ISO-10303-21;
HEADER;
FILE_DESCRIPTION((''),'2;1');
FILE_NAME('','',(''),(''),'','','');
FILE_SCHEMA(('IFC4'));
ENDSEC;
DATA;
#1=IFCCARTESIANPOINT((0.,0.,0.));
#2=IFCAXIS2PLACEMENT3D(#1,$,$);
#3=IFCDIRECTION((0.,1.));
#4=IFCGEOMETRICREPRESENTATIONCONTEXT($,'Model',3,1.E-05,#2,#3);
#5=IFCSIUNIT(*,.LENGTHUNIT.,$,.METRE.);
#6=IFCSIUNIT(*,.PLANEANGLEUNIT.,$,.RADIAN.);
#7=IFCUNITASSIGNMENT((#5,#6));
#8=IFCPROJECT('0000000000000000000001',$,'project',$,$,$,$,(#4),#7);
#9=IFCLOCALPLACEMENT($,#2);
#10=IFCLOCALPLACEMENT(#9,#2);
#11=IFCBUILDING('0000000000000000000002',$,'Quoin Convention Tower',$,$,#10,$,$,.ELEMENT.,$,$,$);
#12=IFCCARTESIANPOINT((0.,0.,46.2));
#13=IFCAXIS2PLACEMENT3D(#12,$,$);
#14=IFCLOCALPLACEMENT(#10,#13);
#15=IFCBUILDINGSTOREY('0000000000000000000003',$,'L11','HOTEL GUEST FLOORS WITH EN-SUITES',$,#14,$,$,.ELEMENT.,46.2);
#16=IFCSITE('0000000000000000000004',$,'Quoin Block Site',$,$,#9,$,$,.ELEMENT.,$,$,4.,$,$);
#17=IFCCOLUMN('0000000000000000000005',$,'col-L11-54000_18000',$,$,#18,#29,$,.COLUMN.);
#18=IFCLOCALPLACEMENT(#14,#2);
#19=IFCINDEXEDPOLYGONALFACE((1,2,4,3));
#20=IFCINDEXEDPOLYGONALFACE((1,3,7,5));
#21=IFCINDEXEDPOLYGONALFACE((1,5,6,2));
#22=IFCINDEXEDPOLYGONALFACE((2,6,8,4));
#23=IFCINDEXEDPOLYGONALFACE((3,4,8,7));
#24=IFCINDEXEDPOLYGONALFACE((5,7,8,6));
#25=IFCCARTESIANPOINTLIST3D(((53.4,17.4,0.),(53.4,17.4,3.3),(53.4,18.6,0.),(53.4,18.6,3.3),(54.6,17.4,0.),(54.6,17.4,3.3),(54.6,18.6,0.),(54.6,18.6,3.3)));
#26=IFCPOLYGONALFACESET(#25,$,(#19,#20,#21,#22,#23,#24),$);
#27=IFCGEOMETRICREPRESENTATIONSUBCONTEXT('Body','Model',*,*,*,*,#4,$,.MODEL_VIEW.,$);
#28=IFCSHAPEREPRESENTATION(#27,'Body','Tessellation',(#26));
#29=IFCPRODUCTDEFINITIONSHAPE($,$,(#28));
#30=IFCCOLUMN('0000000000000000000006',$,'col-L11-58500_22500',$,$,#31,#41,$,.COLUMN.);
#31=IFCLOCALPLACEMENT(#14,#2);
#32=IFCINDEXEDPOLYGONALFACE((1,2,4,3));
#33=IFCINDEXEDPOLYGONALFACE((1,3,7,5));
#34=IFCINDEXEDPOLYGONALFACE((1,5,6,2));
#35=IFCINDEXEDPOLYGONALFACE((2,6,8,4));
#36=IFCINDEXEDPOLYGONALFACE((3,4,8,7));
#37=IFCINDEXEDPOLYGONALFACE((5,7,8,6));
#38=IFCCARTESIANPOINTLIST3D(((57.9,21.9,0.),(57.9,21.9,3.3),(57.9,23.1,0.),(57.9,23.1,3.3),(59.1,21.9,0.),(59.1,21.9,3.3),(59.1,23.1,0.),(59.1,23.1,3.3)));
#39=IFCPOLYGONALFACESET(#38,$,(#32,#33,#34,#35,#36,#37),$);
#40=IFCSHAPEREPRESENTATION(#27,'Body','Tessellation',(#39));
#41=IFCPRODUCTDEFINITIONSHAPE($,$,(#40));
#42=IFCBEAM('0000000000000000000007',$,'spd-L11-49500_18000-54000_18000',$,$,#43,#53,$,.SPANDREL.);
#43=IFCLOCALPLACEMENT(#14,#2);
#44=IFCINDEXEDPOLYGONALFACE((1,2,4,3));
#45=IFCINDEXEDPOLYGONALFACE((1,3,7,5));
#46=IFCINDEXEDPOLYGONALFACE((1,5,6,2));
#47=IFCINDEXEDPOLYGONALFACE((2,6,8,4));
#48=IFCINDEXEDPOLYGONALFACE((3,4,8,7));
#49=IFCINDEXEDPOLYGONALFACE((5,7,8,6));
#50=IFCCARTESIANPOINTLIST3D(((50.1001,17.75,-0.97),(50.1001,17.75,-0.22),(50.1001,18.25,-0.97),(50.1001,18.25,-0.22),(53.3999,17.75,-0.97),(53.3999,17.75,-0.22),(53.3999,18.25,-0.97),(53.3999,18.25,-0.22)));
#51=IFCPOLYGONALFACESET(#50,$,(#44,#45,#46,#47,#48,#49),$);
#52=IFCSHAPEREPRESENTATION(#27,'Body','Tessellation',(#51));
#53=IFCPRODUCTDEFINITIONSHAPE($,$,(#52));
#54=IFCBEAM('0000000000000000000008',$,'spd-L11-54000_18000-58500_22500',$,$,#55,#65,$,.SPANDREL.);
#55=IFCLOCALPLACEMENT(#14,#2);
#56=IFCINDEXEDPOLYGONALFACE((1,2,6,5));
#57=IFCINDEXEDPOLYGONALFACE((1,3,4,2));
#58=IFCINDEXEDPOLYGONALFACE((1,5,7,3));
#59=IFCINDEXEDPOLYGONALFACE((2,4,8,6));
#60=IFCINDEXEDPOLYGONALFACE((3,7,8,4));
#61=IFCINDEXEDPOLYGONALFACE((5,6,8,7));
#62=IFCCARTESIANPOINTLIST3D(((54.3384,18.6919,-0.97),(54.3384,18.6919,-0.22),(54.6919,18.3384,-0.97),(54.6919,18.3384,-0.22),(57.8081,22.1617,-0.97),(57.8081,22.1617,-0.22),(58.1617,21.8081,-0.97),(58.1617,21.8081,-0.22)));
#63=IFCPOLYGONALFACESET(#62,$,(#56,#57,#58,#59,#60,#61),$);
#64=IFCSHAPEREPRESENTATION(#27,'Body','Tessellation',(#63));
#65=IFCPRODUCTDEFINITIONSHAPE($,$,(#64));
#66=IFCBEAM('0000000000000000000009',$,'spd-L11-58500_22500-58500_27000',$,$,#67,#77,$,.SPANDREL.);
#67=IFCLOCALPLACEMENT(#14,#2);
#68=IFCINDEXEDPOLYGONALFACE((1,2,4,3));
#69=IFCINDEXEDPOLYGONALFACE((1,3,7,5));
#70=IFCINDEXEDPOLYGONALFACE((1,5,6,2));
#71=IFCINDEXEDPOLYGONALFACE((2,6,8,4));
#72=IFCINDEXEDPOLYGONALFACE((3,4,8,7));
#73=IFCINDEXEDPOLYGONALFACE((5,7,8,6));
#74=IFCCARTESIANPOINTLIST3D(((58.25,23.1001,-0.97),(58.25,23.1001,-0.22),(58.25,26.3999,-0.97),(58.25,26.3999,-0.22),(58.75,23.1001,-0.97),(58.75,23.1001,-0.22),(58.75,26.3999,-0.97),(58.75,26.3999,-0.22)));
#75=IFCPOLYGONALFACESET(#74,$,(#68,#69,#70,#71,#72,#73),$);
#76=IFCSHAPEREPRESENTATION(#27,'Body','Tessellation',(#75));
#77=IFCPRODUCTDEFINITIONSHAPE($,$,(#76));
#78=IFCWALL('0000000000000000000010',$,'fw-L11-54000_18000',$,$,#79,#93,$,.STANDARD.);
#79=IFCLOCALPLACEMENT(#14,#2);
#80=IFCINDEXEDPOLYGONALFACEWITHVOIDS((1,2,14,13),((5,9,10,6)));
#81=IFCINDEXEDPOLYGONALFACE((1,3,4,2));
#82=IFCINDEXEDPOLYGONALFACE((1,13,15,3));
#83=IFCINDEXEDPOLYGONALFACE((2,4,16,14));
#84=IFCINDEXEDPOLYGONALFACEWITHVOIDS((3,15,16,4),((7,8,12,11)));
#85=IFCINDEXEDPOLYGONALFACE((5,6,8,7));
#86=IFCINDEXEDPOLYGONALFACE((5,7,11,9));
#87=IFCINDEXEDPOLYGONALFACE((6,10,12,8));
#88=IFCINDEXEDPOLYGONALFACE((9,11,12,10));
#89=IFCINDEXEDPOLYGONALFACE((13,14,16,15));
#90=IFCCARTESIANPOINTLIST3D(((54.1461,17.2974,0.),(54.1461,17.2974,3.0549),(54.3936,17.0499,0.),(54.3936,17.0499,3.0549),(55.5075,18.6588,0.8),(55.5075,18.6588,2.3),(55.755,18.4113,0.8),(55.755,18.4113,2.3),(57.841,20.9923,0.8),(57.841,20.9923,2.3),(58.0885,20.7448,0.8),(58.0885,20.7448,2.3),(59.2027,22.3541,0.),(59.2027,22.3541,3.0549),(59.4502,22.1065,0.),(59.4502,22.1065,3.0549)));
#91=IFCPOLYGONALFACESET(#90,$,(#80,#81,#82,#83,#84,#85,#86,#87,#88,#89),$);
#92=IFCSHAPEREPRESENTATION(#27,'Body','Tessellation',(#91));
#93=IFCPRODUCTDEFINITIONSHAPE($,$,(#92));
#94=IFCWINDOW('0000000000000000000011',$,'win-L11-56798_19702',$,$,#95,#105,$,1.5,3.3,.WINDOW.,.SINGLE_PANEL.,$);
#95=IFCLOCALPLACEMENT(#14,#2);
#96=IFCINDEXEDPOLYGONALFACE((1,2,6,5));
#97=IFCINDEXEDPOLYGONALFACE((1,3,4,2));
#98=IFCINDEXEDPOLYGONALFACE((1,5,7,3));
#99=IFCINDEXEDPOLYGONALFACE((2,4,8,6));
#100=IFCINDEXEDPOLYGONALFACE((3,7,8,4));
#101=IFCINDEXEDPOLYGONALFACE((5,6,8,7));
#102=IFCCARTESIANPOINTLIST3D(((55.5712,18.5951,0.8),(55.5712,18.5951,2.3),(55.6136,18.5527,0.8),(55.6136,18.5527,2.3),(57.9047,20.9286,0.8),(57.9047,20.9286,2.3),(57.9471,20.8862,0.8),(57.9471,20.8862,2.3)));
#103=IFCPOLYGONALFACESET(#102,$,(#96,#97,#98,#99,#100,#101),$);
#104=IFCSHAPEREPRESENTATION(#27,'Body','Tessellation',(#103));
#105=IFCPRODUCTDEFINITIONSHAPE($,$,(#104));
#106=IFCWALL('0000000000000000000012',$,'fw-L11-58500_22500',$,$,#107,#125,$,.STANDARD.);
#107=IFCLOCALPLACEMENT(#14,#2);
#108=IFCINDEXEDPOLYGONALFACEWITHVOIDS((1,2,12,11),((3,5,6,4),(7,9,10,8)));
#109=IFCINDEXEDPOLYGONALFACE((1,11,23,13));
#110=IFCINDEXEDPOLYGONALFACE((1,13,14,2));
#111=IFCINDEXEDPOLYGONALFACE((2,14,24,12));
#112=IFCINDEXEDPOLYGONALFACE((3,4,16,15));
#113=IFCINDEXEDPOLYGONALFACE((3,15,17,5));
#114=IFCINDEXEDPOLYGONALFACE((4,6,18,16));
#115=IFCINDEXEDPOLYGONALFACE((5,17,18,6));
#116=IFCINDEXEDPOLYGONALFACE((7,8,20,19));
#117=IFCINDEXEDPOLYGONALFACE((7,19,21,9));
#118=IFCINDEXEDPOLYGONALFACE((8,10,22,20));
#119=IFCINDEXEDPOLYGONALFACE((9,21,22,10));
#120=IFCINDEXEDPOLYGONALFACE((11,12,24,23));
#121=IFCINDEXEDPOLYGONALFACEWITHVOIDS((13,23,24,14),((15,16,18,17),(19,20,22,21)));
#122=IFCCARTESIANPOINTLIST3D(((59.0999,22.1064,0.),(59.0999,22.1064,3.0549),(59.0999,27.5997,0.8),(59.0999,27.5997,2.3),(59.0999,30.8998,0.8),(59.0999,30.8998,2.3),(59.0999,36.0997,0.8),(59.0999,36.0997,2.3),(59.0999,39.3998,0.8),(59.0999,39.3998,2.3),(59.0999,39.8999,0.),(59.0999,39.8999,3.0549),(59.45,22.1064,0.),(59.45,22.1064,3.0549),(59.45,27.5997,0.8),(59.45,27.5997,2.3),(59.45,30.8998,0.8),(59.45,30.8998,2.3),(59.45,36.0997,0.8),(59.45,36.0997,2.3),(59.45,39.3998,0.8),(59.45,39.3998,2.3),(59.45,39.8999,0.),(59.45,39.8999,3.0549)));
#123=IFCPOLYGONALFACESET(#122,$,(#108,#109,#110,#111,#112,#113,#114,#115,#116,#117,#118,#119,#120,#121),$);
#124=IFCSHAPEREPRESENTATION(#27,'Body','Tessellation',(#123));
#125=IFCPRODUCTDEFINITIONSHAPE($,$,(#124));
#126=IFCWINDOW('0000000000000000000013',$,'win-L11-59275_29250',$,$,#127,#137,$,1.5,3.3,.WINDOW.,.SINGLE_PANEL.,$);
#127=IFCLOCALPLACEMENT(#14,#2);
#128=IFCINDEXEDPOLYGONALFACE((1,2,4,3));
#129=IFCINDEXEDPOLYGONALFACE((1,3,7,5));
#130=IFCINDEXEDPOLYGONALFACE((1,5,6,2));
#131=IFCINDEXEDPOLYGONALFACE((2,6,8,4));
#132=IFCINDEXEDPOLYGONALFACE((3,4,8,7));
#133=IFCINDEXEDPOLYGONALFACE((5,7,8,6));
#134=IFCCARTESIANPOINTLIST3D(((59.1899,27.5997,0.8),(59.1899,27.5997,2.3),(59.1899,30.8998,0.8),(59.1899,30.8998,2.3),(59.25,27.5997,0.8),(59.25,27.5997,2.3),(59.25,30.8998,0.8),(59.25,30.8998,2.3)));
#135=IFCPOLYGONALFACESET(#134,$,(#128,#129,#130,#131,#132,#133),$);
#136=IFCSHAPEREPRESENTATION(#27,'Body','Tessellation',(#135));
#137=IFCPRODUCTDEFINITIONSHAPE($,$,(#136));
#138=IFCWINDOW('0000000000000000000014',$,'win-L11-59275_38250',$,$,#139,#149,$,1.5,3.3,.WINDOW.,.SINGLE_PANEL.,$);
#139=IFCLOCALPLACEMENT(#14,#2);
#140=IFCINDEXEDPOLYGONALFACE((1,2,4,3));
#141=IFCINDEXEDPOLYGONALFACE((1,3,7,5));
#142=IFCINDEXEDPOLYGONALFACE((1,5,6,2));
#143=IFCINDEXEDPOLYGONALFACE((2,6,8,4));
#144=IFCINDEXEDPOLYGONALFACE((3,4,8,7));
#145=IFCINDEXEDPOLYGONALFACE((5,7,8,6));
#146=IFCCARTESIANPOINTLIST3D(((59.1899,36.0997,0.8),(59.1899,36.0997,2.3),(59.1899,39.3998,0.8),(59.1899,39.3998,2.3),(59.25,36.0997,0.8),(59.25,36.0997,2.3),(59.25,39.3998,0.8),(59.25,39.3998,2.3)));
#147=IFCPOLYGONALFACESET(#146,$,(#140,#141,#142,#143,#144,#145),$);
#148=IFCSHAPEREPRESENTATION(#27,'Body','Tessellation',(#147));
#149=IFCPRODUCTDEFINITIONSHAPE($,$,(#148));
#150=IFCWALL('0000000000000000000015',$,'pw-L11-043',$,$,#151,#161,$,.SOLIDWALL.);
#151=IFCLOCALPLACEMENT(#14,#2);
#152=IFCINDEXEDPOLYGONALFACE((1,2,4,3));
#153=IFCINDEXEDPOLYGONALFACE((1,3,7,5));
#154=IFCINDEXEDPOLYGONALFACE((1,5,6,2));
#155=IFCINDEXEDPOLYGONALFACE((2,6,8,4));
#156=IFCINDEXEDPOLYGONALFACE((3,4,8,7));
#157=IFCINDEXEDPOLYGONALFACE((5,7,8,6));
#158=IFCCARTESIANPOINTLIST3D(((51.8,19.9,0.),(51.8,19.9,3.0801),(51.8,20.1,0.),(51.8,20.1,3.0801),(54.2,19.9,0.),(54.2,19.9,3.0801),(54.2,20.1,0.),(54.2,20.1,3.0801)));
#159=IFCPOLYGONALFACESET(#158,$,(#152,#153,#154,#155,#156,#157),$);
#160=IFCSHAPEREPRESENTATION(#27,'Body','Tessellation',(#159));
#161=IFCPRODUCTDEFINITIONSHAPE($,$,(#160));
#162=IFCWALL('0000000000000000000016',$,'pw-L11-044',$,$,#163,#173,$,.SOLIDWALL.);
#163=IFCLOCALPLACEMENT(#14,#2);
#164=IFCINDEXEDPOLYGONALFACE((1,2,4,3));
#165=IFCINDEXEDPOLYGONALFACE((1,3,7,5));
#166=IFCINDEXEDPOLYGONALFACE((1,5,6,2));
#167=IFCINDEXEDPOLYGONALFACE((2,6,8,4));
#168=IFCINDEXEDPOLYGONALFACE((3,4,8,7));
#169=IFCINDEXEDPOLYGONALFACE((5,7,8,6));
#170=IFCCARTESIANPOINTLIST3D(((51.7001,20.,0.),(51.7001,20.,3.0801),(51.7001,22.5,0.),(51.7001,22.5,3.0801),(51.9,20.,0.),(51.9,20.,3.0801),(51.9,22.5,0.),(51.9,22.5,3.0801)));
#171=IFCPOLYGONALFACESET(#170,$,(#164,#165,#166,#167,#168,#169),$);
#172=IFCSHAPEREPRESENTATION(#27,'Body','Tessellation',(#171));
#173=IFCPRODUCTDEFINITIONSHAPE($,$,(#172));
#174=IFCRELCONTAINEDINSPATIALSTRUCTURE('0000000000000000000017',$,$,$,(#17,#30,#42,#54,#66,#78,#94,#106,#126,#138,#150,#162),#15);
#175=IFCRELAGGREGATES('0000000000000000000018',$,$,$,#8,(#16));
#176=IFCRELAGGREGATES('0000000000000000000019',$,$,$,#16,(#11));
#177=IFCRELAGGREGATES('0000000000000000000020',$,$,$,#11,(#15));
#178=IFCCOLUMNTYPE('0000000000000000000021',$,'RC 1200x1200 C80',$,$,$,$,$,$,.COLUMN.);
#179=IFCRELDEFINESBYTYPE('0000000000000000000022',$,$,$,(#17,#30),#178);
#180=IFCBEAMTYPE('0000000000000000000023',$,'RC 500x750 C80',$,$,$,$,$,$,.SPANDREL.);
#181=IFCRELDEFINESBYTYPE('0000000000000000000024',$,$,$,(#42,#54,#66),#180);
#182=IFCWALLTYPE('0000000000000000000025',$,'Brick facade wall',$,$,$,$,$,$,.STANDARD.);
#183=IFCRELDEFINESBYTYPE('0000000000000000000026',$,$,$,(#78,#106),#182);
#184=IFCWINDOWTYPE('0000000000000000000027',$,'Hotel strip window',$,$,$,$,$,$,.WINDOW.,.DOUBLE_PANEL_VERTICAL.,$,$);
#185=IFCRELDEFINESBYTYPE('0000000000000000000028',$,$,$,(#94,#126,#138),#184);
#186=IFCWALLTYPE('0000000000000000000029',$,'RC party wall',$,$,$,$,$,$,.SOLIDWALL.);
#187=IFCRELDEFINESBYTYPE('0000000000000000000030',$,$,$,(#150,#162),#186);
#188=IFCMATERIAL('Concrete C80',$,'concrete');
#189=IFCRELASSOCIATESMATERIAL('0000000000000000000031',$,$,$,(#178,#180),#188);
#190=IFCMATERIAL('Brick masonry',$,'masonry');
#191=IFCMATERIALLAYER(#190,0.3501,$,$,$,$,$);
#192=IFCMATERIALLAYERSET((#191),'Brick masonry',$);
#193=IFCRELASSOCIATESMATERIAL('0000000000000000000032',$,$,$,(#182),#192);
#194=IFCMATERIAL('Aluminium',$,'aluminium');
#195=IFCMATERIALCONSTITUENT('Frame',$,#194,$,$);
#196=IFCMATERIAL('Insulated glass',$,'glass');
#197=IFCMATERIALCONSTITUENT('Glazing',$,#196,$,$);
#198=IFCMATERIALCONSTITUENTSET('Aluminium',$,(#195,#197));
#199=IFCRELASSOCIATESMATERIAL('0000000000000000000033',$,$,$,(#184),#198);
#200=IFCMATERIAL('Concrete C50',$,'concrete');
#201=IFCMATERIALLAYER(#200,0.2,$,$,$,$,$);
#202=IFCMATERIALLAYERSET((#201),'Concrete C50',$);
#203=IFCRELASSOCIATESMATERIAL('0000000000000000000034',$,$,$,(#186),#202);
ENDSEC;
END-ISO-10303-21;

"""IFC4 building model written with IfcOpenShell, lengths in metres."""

from ifc_helpers import new_model, si_unit, direction, frame, frame_2d, origin, origin_2d, place, context, subcontext, project, spatial, rectangle, extrude, material, layer, layer_set, constituent, constituent_set, material_profile, profile_set, type_object, element, fill, save


model = new_model("IFC4")

# Units and contexts
model_context = context("Model", 3, precision=1e-05, world=origin(), true_north=direction((0.0, 1.0)))
body_context = subcontext(model_context, "Body", "Model", "MODEL_VIEW")
ifc_project = project(units=[si_unit("LENGTHUNIT", "METRE"), si_unit("PLANEANGLEUNIT", "RADIAN")], contexts=[model_context])

# Site, building, storey
site_placement = place(None, origin())
site = spatial("IfcSite", under=ifc_project, at=site_placement, Name="Quoin Block Site", CompositionType="ELEMENT", RefElevation=4.0)
building_placement = place(site_placement, origin())
building = spatial("IfcBuilding", under=site, at=building_placement, Name="Quoin Convention Tower", CompositionType="ELEMENT")
storey_placement = place(building_placement, frame((0.0, 0.0, 46.2)))
storey = spatial("IfcBuildingStorey", under=building, at=storey_placement, Name="L11", Description="HOTEL GUEST FLOORS WITH EN-SUITES", CompositionType="ELEMENT", Elevation=46.2)

# Columns
ifc_material_1 = material(Name="Concrete C80", Category="concrete")
ifc_material_profile_1 = material_profile(ifc_material_1, rectangle(XDim=1.2, YDim=1.2, at=origin_2d()), Name="RC 1200x1200")
ifc_profile_set_1 = profile_set([ifc_material_profile_1], Name="Concrete C80")
column_type = type_object("IfcColumnType", Name="RC 1200x1200 C80", PredefinedType="COLUMN", material=ifc_profile_set_1)
for number, where, z_axis, x_axis, name in (
    (1, (54.0, 18.0, 0.0), (0.0, 0.0, 1.0), (1.0, 0.0, 0.0), "col-L11-54000_18000"),
    (2, (58.5, 22.5, 0.0), (0.0, 0.0, 1.0), (1.0, 0.0, 0.0), "col-L11-58500_22500"),
):
    element("IfcColumn", number, at=place(storey_placement, frame(where, z_axis=z_axis, x_axis=x_axis)), inside=storey, type_object=column_type, Name=name, PredefinedType="COLUMN", context=body_context, shape_type="SweptSolid", body=[
        extrude(rectangle(XDim=1.2, YDim=1.2, at=origin_2d()), origin(), (0.0, 0.0, 1.0), 3.3),
    ])

# Beams
ifc_material_profile_2 = material_profile(ifc_material_1, rectangle(XDim=0.5, YDim=0.75, at=origin_2d()), Name="RC 500x750")
ifc_profile_set_2 = profile_set([ifc_material_profile_2], Name="Concrete C80")
beam_type = type_object("IfcBeamType", Name="RC 500x750 C80", PredefinedType="SPANDREL", material=ifc_profile_set_2)
beam_1_placement = place(storey_placement, frame((50.1001, 18.0, -0.595), z_axis=(1.0, 0.0, 0.0), x_axis=(0.0, 1.0, 0.0)))
element("IfcBeam", 3, at=beam_1_placement, inside=storey, type_object=beam_type, Name="spd-L11-49500_18000-54000_18000", PredefinedType="SPANDREL", context=body_context, shape_type="SweptSolid", body=[
    extrude(rectangle(XDim=0.5, YDim=0.75, at=origin_2d()), origin(), (0.0, 0.0, 1.0), 3.2998),
])
beam_2_placement = place(storey_placement, frame((54.5151, 18.5151, -0.595), z_axis=(0.707107, 0.707107, 0.0), x_axis=(-0.707107, 0.707107, 0.0)))
element("IfcBeam", 4, at=beam_2_placement, inside=storey, type_object=beam_type, Name="spd-L11-54000_18000-58500_22500", PredefinedType="SPANDREL", context=body_context, shape_type="SweptSolid", body=[
    extrude(rectangle(XDim=0.5, YDim=0.75, at=origin_2d()), origin(), (0.0, 0.0, 1.0), 4.907),
])
beam_3_placement = place(storey_placement, frame((58.5, 23.1001, -0.595), z_axis=(0.0, 1.0, 0.0), x_axis=(-1.0, 0.0, 0.0)))
element("IfcBeam", 5, at=beam_3_placement, inside=storey, type_object=beam_type, Name="spd-L11-58500_22500-58500_27000", PredefinedType="SPANDREL", context=body_context, shape_type="SweptSolid", body=[
    extrude(rectangle(XDim=0.5, YDim=0.75, at=origin_2d()), origin(), (0.0, 0.0, 1.0), 3.2998),
])

# Wall, opening, window
ifc_material_2 = material(Name="Brick masonry", Category="masonry")
ifc_layer_1 = layer(ifc_material_2, 0.3501)
ifc_layer_set_1 = layer_set([ifc_layer_1], Name="Brick masonry")
wall_type_1 = type_object("IfcWallType", Name="Brick facade wall", PredefinedType="STANDARD", material=ifc_layer_set_1)
wall_1_placement = place(storey_placement, frame((54.2698, 17.1736, 0.0), z_axis=(0.0, 0.0, 1.0), x_axis=(0.707107, 0.707107, 0.0)))
wall_1 = element("IfcWall", 6, at=wall_1_placement, inside=storey, type_object=wall_type_1, Name="fw-L11-54000_18000", PredefinedType="STANDARD", context=body_context, shape_type="SweptSolid", body=[
    extrude(rectangle(XDim=7.1511, YDim=0.3501, at=frame_2d((3.5757, 0.0))), origin(), (0.0, 0.0, 1.0), 3.0549),
])
opening_1_placement = place(wall_1_placement, frame((1.9255, 0.0, 0.8)))
opening_1 = element("IfcOpeningElement", 7, at=opening_1_placement, cuts=wall_1, PredefinedType="OPENING", context=body_context, shape_type="SweptSolid", body=[
    extrude(rectangle(XDim=3.3, YDim=1.5, at=frame_2d((1.6499, 0.75))), frame((0.0, 0.1851, 0.0), z_axis=(0.0, -1.0, 0.0), x_axis=(1.0, 0.0, 0.0)), (0.0, 0.0, 1.0), 0.3701),
])
ifc_material_3 = material(Name="Aluminium", Category="aluminium")
ifc_constituent_1 = constituent(ifc_material_3, Name="Frame")
ifc_material_4 = material(Name="Insulated glass", Category="glass")
ifc_constituent_2 = constituent(ifc_material_4, Name="Glazing")
ifc_constituent_set = constituent_set(constituents=[ifc_constituent_1, ifc_constituent_2], Name="Aluminium")
window_type = type_object("IfcWindowType", Name="Hotel strip window", PartitioningType="DOUBLE_PANEL_VERTICAL", PredefinedType="WINDOW", material=ifc_constituent_set)
window_1_placement = place(opening_1_placement, origin())
window_1 = element("IfcWindow", 8, at=window_1_placement, inside=storey, type_object=window_type, Name="win-L11-56798_19702", OverallHeight=1.5, OverallWidth=3.3, PartitioningType="SINGLE_PANEL", PredefinedType="WINDOW", context=body_context, shape_type="SweptSolid", body=[
    extrude(rectangle(XDim=3.3, YDim=1.5, at=frame_2d((1.6499, 0.75))), frame((0.0, 0.085, 0.0), z_axis=(0.0, -1.0, 0.0), x_axis=(1.0, 0.0, 0.0)), (0.0, 0.0, 1.0), 0.0601),
])
fill(opening_1, window_1)

# Wall, openings, windows
wall_2_placement = place(storey_placement, frame((59.2749, 22.1064, 0.0), z_axis=(0.0, 0.0, 1.0), x_axis=(0.0, 1.0, 0.0)))
wall_2 = element("IfcWall", 9, at=wall_2_placement, inside=storey, type_object=wall_type_1, Name="fw-L11-58500_22500", PredefinedType="STANDARD", context=body_context, shape_type="SweptSolid", body=[
    extrude(rectangle(XDim=17.7935, YDim=0.3501, at=frame_2d((8.8967, 0.0))), origin(), (0.0, 0.0, 1.0), 3.0549),
])
opening_2_placement = place(wall_2_placement, frame((5.4934, 0.0, 0.8)))
opening_2 = element("IfcOpeningElement", 10, at=opening_2_placement, cuts=wall_2, PredefinedType="OPENING", context=body_context, shape_type="SweptSolid", body=[
    extrude(rectangle(XDim=3.3, YDim=1.5, at=frame_2d((1.6499, 0.75))), frame((0.0, 0.1851, 0.0), z_axis=(0.0, -1.0, 0.0), x_axis=(1.0, 0.0, 0.0)), (0.0, 0.0, 1.0), 0.3701),
])
opening_3_placement = place(wall_2_placement, frame((13.9934, 0.0, 0.8)))
opening_3 = element("IfcOpeningElement", 11, at=opening_3_placement, cuts=wall_2, PredefinedType="OPENING", context=body_context, shape_type="SweptSolid", body=[
    extrude(rectangle(XDim=3.3, YDim=1.5, at=frame_2d((1.6499, 0.75))), frame((0.0, 0.1851, 0.0), z_axis=(0.0, -1.0, 0.0), x_axis=(1.0, 0.0, 0.0)), (0.0, 0.0, 1.0), 0.3701),
])
window_2_placement = place(opening_2_placement, origin())
window_2 = element("IfcWindow", 12, at=window_2_placement, inside=storey, type_object=window_type, Name="win-L11-59275_29250", OverallHeight=1.5, OverallWidth=3.3, PartitioningType="SINGLE_PANEL", PredefinedType="WINDOW", context=body_context, shape_type="SweptSolid", body=[
    extrude(rectangle(XDim=3.3, YDim=1.5, at=frame_2d((1.6499, 0.75))), frame((0.0, 0.085, 0.0), z_axis=(0.0, -1.0, 0.0), x_axis=(1.0, 0.0, 0.0)), (0.0, 0.0, 1.0), 0.0601),
])
fill(opening_2, window_2)
window_3_placement = place(opening_3_placement, origin())
window_3 = element("IfcWindow", 13, at=window_3_placement, inside=storey, type_object=window_type, Name="win-L11-59275_38250", OverallHeight=1.5, OverallWidth=3.3, PartitioningType="SINGLE_PANEL", PredefinedType="WINDOW", context=body_context, shape_type="SweptSolid", body=[
    extrude(rectangle(XDim=3.3, YDim=1.5, at=frame_2d((1.6499, 0.75))), frame((0.0, 0.085, 0.0), z_axis=(0.0, -1.0, 0.0), x_axis=(1.0, 0.0, 0.0)), (0.0, 0.0, 1.0), 0.0601),
])
fill(opening_3, window_3)

# Walls
ifc_material_5 = material(Name="Concrete C50", Category="concrete")
ifc_layer_2 = layer(ifc_material_5, 0.2)
ifc_layer_set_2 = layer_set([ifc_layer_2], Name="Concrete C50")
wall_type_2 = type_object("IfcWallType", Name="RC party wall", PredefinedType="SOLIDWALL", material=ifc_layer_set_2)
wall_3_placement = place(storey_placement, frame((51.8, 20.0, 0.0), z_axis=(0.0, 0.0, 1.0), x_axis=(1.0, 0.0, 0.0)))
element("IfcWall", 14, at=wall_3_placement, inside=storey, type_object=wall_type_2, Name="pw-L11-043", PredefinedType="SOLIDWALL", context=body_context, shape_type="SweptSolid", body=[
    extrude(rectangle(XDim=2.3999, YDim=0.2, at=frame_2d((1.2, 0.0))), origin(), (0.0, 0.0, 1.0), 3.0801),
])
wall_4_placement = place(storey_placement, frame((51.8, 20.0, 0.0), z_axis=(0.0, 0.0, 1.0), x_axis=(0.0, 1.0, 0.0)))
element("IfcWall", 15, at=wall_4_placement, inside=storey, type_object=wall_type_2, Name="pw-L11-044", PredefinedType="SOLIDWALL", context=body_context, shape_type="SweptSolid", body=[
    extrude(rectangle(XDim=2.5, YDim=0.2, at=frame_2d((1.25, 0.0))), origin(), (0.0, 0.0, 1.0), 3.0801),
])

save(model, "model.ifc")
